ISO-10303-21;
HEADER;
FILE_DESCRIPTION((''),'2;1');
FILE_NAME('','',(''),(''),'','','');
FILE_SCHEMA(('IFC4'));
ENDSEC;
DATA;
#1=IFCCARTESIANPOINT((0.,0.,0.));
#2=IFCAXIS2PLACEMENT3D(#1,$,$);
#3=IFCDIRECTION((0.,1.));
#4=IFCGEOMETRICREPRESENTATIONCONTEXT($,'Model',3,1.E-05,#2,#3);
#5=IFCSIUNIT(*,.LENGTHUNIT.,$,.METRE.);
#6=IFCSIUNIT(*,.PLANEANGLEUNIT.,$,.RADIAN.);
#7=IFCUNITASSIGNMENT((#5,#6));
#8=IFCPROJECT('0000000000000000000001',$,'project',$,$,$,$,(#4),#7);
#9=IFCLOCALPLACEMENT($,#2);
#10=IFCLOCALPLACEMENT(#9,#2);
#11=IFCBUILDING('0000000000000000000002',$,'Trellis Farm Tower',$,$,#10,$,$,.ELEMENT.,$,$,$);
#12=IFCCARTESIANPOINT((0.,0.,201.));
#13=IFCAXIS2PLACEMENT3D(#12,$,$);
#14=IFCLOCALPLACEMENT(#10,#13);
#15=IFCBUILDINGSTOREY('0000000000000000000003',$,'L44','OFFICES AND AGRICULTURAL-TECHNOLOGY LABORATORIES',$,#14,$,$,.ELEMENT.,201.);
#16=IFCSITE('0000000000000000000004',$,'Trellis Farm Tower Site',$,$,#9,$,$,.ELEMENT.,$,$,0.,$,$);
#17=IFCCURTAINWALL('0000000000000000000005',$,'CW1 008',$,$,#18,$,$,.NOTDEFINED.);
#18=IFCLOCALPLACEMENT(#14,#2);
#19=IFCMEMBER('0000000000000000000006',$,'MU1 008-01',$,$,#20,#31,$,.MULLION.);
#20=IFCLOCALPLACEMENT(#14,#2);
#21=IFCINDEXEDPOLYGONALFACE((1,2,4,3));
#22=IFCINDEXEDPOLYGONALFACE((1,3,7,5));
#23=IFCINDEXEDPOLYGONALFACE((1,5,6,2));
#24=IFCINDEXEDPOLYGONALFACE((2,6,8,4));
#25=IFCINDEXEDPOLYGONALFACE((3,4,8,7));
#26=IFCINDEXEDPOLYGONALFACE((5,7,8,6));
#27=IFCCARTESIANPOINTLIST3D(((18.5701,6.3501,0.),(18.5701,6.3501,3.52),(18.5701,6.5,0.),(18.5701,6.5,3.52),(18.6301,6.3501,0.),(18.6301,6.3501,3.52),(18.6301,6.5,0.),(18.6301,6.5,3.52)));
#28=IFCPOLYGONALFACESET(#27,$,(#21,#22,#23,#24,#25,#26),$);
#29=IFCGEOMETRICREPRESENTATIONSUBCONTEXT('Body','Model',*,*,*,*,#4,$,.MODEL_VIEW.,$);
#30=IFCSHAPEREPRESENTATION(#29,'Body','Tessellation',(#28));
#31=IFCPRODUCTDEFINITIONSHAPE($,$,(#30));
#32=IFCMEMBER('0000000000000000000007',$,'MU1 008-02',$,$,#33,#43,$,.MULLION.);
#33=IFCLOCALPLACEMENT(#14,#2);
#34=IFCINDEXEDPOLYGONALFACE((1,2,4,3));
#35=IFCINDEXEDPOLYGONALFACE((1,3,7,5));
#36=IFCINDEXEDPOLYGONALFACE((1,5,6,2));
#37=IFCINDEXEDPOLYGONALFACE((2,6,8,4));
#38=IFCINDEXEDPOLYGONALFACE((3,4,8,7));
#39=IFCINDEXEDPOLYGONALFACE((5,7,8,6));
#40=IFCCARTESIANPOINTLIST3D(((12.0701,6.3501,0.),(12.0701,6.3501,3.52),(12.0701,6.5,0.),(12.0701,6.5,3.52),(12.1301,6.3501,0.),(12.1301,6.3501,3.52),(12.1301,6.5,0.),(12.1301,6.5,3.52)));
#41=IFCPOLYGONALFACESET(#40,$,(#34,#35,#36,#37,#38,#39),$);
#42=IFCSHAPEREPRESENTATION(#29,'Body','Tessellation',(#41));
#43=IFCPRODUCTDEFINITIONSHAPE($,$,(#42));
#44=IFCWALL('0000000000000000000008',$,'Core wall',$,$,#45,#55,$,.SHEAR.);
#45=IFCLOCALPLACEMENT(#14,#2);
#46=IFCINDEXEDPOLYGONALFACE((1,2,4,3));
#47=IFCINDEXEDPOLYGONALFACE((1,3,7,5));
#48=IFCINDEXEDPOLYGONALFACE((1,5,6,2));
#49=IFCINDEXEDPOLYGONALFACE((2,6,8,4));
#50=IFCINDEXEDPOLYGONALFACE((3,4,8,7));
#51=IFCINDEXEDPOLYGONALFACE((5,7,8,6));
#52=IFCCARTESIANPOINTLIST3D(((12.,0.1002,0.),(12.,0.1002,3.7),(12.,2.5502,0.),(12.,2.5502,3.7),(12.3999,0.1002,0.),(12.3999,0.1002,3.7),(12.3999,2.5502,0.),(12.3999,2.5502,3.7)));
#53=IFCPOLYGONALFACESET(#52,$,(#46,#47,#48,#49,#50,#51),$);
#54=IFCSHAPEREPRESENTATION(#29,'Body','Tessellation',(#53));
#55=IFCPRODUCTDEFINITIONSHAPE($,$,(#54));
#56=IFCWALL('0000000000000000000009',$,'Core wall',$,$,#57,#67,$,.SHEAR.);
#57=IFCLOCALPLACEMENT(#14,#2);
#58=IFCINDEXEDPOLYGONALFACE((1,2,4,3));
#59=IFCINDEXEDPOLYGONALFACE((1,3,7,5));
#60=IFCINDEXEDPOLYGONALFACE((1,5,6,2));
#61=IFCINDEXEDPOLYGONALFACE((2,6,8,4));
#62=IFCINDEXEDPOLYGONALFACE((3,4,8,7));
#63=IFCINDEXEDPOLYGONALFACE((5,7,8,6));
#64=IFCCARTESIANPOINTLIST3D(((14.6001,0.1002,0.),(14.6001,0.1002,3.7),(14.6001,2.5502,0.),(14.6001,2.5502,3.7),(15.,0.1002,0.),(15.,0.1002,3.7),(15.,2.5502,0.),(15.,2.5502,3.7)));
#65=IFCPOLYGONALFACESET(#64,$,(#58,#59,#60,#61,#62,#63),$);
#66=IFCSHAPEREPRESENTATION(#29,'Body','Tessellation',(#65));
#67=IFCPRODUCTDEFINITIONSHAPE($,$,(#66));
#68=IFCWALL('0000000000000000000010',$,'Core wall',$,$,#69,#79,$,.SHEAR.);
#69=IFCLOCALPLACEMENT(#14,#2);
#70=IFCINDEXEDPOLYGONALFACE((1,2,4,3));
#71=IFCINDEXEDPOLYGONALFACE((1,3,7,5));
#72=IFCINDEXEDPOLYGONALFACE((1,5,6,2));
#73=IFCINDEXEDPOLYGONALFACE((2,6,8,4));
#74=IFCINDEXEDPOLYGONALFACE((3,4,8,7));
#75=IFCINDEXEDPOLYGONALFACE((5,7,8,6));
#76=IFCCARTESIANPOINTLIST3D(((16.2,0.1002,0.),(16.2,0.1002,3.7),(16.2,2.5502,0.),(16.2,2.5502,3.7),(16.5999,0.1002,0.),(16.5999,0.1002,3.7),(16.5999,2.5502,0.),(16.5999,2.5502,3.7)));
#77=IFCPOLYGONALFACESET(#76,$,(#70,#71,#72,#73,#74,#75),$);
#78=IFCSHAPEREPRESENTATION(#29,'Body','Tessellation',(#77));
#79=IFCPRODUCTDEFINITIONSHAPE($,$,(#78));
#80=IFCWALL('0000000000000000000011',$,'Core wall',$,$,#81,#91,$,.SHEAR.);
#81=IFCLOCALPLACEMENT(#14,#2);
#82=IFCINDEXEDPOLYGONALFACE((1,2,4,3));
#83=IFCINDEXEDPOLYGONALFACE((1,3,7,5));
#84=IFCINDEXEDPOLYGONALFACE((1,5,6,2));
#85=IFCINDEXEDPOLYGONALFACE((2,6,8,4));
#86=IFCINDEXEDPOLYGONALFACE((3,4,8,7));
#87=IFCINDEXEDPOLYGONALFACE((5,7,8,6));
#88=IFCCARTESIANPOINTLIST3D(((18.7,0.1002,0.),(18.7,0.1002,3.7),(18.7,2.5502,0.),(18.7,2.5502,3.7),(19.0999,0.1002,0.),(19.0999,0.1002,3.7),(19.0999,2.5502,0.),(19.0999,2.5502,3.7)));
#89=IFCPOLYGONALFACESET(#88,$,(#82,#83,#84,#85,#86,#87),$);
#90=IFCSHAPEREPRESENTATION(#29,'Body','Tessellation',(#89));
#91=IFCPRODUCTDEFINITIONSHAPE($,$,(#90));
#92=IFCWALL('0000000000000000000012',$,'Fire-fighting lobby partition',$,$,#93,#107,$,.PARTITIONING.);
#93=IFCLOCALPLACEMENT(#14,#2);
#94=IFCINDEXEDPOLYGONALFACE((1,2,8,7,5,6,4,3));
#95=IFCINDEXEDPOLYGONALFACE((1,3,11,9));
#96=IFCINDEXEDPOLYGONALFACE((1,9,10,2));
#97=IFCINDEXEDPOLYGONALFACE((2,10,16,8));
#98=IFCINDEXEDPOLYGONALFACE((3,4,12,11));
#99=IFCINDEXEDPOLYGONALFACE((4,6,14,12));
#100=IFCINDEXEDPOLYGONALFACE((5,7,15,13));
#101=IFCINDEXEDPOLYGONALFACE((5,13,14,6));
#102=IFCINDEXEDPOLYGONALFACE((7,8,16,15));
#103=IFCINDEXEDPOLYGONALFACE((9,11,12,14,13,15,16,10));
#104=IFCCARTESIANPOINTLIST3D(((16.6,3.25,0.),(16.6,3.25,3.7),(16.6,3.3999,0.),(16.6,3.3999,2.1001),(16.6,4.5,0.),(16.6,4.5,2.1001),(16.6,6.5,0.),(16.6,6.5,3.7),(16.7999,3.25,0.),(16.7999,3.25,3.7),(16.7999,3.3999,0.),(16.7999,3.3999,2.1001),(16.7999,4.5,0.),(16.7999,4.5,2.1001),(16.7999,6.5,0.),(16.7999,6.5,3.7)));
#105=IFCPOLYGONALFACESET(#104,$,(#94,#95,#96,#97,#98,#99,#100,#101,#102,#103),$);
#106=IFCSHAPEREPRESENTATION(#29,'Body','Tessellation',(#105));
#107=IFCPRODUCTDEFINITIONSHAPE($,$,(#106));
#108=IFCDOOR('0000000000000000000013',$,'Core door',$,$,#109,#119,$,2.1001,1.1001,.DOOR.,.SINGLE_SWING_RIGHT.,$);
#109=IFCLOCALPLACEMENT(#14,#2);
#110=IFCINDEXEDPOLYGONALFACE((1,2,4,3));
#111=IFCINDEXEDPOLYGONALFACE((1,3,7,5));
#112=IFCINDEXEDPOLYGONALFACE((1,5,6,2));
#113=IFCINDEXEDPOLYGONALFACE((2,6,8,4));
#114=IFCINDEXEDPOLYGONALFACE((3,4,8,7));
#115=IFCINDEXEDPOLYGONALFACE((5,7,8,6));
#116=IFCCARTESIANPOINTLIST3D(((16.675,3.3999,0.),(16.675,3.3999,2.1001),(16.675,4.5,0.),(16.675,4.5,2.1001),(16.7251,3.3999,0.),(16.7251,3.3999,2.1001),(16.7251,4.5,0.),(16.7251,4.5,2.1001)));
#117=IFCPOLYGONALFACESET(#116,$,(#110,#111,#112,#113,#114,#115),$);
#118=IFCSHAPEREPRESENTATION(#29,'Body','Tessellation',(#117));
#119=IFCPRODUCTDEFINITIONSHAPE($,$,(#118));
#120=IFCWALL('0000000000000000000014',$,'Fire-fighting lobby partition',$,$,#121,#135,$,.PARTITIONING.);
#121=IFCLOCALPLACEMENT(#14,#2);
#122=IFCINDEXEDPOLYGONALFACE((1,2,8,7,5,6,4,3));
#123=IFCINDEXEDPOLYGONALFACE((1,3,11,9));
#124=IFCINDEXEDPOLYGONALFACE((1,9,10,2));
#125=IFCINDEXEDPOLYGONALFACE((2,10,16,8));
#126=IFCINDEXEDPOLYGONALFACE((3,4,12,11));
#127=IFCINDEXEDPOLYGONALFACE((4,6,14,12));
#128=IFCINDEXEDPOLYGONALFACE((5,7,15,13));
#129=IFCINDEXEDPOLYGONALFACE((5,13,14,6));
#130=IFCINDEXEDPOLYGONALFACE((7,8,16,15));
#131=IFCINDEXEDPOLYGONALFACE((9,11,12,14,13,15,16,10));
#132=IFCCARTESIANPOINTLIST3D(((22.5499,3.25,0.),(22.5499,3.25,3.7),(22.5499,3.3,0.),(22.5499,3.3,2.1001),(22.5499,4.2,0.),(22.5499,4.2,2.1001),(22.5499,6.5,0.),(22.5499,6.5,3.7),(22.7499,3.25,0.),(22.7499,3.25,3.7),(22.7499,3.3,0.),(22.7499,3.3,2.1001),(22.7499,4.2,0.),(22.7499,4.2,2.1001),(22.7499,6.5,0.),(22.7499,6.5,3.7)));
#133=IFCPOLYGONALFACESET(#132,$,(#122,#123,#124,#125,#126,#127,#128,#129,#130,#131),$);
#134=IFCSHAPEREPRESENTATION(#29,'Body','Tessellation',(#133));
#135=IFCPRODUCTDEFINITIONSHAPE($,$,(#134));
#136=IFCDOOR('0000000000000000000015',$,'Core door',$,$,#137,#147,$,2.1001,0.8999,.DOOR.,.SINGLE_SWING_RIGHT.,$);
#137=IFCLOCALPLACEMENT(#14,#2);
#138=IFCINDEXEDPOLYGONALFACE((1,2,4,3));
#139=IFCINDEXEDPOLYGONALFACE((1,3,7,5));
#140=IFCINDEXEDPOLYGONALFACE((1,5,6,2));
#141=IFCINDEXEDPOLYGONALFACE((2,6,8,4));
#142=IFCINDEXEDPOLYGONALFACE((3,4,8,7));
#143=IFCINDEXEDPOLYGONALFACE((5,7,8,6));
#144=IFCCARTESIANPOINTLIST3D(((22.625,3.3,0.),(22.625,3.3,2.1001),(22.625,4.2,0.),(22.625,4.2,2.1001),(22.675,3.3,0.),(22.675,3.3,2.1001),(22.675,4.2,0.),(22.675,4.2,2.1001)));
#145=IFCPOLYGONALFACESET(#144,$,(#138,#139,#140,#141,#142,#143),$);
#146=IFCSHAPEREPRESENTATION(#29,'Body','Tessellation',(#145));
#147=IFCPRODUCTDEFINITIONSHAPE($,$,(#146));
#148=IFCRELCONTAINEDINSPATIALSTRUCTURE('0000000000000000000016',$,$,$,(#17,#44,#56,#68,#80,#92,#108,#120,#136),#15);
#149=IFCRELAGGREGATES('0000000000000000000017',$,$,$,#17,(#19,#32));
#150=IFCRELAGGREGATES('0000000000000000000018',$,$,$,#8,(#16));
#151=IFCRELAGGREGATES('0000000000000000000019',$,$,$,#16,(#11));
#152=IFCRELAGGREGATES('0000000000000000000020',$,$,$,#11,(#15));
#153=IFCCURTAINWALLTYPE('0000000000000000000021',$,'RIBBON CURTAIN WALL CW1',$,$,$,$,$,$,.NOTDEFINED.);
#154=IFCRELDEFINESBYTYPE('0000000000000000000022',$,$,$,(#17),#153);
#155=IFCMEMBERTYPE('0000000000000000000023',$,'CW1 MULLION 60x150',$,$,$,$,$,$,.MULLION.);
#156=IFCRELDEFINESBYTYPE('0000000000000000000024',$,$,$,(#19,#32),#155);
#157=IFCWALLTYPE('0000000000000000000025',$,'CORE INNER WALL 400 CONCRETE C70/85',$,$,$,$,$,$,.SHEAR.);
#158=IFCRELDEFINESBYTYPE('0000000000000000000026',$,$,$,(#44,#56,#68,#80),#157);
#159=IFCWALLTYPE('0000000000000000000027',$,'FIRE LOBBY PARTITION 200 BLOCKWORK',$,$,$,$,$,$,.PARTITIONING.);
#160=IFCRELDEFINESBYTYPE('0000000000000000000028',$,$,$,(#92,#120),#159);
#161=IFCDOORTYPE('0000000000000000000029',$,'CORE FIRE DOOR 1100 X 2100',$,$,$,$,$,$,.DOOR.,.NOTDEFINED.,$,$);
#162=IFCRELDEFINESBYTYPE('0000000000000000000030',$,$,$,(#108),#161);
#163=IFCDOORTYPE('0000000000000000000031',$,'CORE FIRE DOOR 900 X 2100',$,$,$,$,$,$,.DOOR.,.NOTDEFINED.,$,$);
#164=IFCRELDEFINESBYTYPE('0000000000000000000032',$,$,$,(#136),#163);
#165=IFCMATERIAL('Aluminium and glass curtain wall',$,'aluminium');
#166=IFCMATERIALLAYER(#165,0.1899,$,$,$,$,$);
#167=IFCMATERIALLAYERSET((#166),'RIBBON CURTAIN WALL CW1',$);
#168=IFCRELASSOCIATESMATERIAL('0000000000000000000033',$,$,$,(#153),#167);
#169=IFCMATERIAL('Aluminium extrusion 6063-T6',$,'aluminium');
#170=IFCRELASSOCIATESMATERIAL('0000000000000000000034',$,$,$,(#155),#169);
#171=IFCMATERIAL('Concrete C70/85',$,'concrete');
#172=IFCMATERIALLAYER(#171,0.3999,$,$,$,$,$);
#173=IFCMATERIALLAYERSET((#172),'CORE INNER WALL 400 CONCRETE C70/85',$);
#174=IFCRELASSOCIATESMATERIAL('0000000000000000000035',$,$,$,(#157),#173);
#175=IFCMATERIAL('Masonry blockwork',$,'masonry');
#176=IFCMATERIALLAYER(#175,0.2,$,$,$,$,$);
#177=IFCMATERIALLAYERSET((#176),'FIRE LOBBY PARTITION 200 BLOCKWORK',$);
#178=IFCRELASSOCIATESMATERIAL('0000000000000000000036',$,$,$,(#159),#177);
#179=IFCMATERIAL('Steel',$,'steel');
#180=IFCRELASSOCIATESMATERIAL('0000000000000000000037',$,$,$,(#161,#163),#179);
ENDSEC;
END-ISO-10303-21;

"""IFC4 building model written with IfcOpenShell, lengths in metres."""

from ifc_helpers import new_model, si_unit, direction, frame, frame_2d, origin, origin_2d, place, context, subcontext, project, spatial, rectangle, extrude, source, transform, mapped, material, layer, layer_set, material_profile, profile_set, type_object, element, fill, aggregate, save


model = new_model("IFC4")

# Units and contexts
model_context = context("Model", 3, precision=1e-05, world=origin(), true_north=direction((0.0, 1.0)))
body_context = subcontext(model_context, "Body", "Model", "MODEL_VIEW")
ifc_project = project(units=[si_unit("LENGTHUNIT", "METRE"), si_unit("PLANEANGLEUNIT", "RADIAN")], contexts=[model_context])

# Site, building, storey
site_placement = place(None, origin())
site = spatial("IfcSite", under=ifc_project, at=site_placement, Name="Trellis Farm Tower Site", CompositionType="ELEMENT", RefElevation=0.0)
building_placement = place(site_placement, origin())
building = spatial("IfcBuilding", under=site, at=building_placement, Name="Trellis Farm Tower", CompositionType="ELEMENT")
storey_placement = place(building_placement, frame((0.0, 0.0, 201.0)))
storey = spatial("IfcBuildingStorey", under=building, at=storey_placement, Name="L44", Description="OFFICES AND AGRICULTURAL-TECHNOLOGY LABORATORIES", CompositionType="ELEMENT", Elevation=201.0)

# Shared definitions
ifc_material_1 = material(Name="Concrete C70/85", Category="concrete")

# Curtain wall, members
ifc_material_2 = material(Name="Aluminium and glass curtain wall", Category="aluminium")
ifc_layer_1 = layer(ifc_material_2, 0.1899)
ifc_layer_set_1 = layer_set([ifc_layer_1], Name="RIBBON CURTAIN WALL CW1")
curtain_wall_type = type_object("IfcCurtainWallType", Name="RIBBON CURTAIN WALL CW1", PredefinedType="NOTDEFINED", material=ifc_layer_set_1)
placement = place(storey_placement, origin())
ifc_material_3 = material(Name="Aluminium extrusion 6063-T6", Category="aluminium")
ifc_material_profile_1 = material_profile(ifc_material_3, rectangle(XDim=0.0601, YDim=0.1499, at=origin_2d()), Name="MULLION 60x150")
ifc_profile_set_1 = profile_set([ifc_material_profile_1], Name="Aluminium extrusion 6063-T6")
member_type = type_object("IfcMemberType", Name="CW1 MULLION 60x150", PredefinedType="MULLION", material=ifc_profile_set_1)
shared_shape_1 = source(origin(), body_context, "Body", "SweptSolid", [
    extrude(rectangle(XDim=0.0601, YDim=0.1499, at=origin_2d()), origin(), (0.0, 0.0, 1.0), 3.52),
])
curtain_wall_1 = element("IfcCurtainWall", 1, at=placement, inside=storey, type_object=curtain_wall_type, Name="CW1 008", PredefinedType="NOTDEFINED")
member_1_placement = place(storey_placement, frame((18.6001, 6.425, 0.0), z_axis=(0.0, 0.0, 1.0), x_axis=(-1.0, 0.0, 0.0)))
member_1 = element("IfcMember", 2, at=member_1_placement, type_object=member_type, Name="MU1 008-01", PredefinedType="MULLION", context=body_context, shape_type="MappedRepresentation", body=[
    mapped(shared_shape_1, transform((0.0, 0.0, 0.0))),
])
member_2_placement = place(storey_placement, frame((12.1001, 6.425, 0.0), z_axis=(0.0, 0.0, 1.0), x_axis=(-1.0, 0.0, 0.0)))
member_2 = element("IfcMember", 3, at=member_2_placement, type_object=member_type, Name="MU1 008-02", PredefinedType="MULLION", context=body_context, shape_type="MappedRepresentation", body=[
    mapped(shared_shape_1, transform((0.0, 0.0, 0.0))),
])
aggregate(curtain_wall_1, [member_1, member_2])

# Walls
ifc_layer_2 = layer(ifc_material_1, 0.3999)
ifc_layer_set_2 = layer_set([ifc_layer_2], Name="CORE INNER WALL 400 CONCRETE C70/85")
wall_type_1 = type_object("IfcWallType", Name="CORE INNER WALL 400 CONCRETE C70/85", PredefinedType="SHEAR", material=ifc_layer_set_2)
shared_shape_2 = source(origin(), body_context, "Body", "SweptSolid", [
    extrude(rectangle(XDim=2.45, YDim=0.3999, at=frame_2d((1.2251, 0.0))), origin(), (0.0, 0.0, 1.0), 3.7),
])
for number, where, z_axis, x_axis, name in (
    (4, (12.2, 0.1001, 0.0), (0.0, 0.0, 1.0), (0.0, 1.0, 0.0), "Core wall"),
    (5, (14.8, 0.1001, 0.0), (0.0, 0.0, 1.0), (0.0, 1.0, 0.0), "Core wall"),
    (6, (16.3999, 0.1001, 0.0), (0.0, 0.0, 1.0), (0.0, 1.0, 0.0), "Core wall"),
    (7, (18.8999, 0.1001, 0.0), (0.0, 0.0, 1.0), (0.0, 1.0, 0.0), "Core wall"),
):
    element("IfcWall", number, at=place(storey_placement, frame(where, z_axis=z_axis, x_axis=x_axis)), inside=storey, type_object=wall_type_1, Name=name, PredefinedType="SHEAR", context=body_context, shape_type="MappedRepresentation", body=[
        mapped(shared_shape_2, transform((0.0, 0.0, 0.0))),
    ])

# Walls, openings, doors
ifc_material_4 = material(Name="Masonry blockwork", Category="masonry")
ifc_layer_3 = layer(ifc_material_4, 0.2)
ifc_layer_set_3 = layer_set([ifc_layer_3], Name="FIRE LOBBY PARTITION 200 BLOCKWORK")
wall_type_2 = type_object("IfcWallType", Name="FIRE LOBBY PARTITION 200 BLOCKWORK", PredefinedType="PARTITIONING", material=ifc_layer_set_3)
shared_shape_3 = source(origin(), body_context, "Body", "SweptSolid", [
    extrude(rectangle(XDim=3.25, YDim=0.2, at=frame_2d((1.625, 0.0))), origin(), (0.0, 0.0, 1.0), 3.7),
])
wall_1_placement = place(storey_placement, frame((16.7, 3.25, 0.0), z_axis=(0.0, 0.0, 1.0), x_axis=(0.0, 1.0, 0.0)))
wall_1 = element("IfcWall", 8, at=wall_1_placement, inside=storey, type_object=wall_type_2, Name="Fire-fighting lobby partition", PredefinedType="PARTITIONING", context=body_context, shape_type="MappedRepresentation", body=[
    mapped(shared_shape_3, transform((0.0, 0.0, 0.0))),
])
shared_shape_4 = source(origin(), body_context, "Body", "SweptSolid", [
    extrude(rectangle(XDim=1.1001, YDim=2.1001, at=frame_2d((0.55, 1.05))), frame((0.0, 0.1101, 0.0), z_axis=(0.0, -1.0, 0.0), x_axis=(1.0, 0.0, 0.0)), (0.0, 0.0, 1.0), 0.2202),
])
opening_1_placement = place(wall_1_placement, frame((0.1499, 0.0, 0.0)))
opening_1 = element("IfcOpeningElement", 9, at=opening_1_placement, cuts=wall_1, PredefinedType="OPENING", context=body_context, shape_type="MappedRepresentation", body=[
    mapped(shared_shape_4, transform((0.0, 0.0, 0.0))),
])
ifc_material_5 = material(Name="Steel", Category="steel")
door_type_1 = type_object("IfcDoorType", Name="CORE FIRE DOOR 1100 X 2100", OperationType="NOTDEFINED", PredefinedType="DOOR", material=ifc_material_5)
shared_shape_5 = source(origin(), body_context, "Body", "SweptSolid", [
    extrude(rectangle(XDim=1.1001, YDim=2.1001, at=frame_2d((0.55, 1.05))), frame((0.0, 0.0249, 0.0), z_axis=(0.0, -1.0, 0.0), x_axis=(1.0, 0.0, 0.0)), (0.0, 0.0, 1.0), 0.05),
])
door_1_placement = place(opening_1_placement, origin())
door_1 = element("IfcDoor", 10, at=door_1_placement, inside=storey, type_object=door_type_1, Name="Core door", OperationType="SINGLE_SWING_RIGHT", OverallHeight=2.1001, OverallWidth=1.1001, PredefinedType="DOOR", context=body_context, shape_type="MappedRepresentation", body=[
    mapped(shared_shape_5, transform((0.0, 0.0, 0.0))),
])
fill(opening_1, door_1)
wall_2_placement = place(storey_placement, frame((22.6499, 3.25, 0.0), z_axis=(0.0, 0.0, 1.0), x_axis=(0.0, 1.0, 0.0)))
wall_2 = element("IfcWall", 11, at=wall_2_placement, inside=storey, type_object=wall_type_2, Name="Fire-fighting lobby partition", PredefinedType="PARTITIONING", context=body_context, shape_type="MappedRepresentation", body=[
    mapped(shared_shape_3, transform((0.0, 0.0, 0.0))),
])
shared_shape_6 = source(origin(), body_context, "Body", "SweptSolid", [
    extrude(rectangle(XDim=0.8999, YDim=2.1001, at=frame_2d((0.45, 1.05))), frame((0.0, 0.1101, 0.0), z_axis=(0.0, -1.0, 0.0), x_axis=(1.0, 0.0, 0.0)), (0.0, 0.0, 1.0), 0.2202),
])
opening_2_placement = place(wall_2_placement, frame((0.05, 0.0, 0.0)))
opening_2 = element("IfcOpeningElement", 12, at=opening_2_placement, cuts=wall_2, PredefinedType="OPENING", context=body_context, shape_type="MappedRepresentation", body=[
    mapped(shared_shape_6, transform((0.0, 0.0, 0.0))),
])
door_type_2 = type_object("IfcDoorType", Name="CORE FIRE DOOR 900 X 2100", OperationType="NOTDEFINED", PredefinedType="DOOR", material=ifc_material_5)
shared_shape_7 = source(origin(), body_context, "Body", "SweptSolid", [
    extrude(rectangle(XDim=0.8999, YDim=2.1001, at=frame_2d((0.45, 1.05))), frame((0.0, 0.0249, 0.0), z_axis=(0.0, -1.0, 0.0), x_axis=(1.0, 0.0, 0.0)), (0.0, 0.0, 1.0), 0.05),
])
door_2_placement = place(opening_2_placement, origin())
door_2 = element("IfcDoor", 13, at=door_2_placement, inside=storey, type_object=door_type_2, Name="Core door", OperationType="SINGLE_SWING_RIGHT", OverallHeight=2.1001, OverallWidth=0.8999, PredefinedType="DOOR", context=body_context, shape_type="MappedRepresentation", body=[
    mapped(shared_shape_7, transform((0.0, 0.0, 0.0))),
])
fill(opening_2, door_2)

save(model, "model.ifc")
